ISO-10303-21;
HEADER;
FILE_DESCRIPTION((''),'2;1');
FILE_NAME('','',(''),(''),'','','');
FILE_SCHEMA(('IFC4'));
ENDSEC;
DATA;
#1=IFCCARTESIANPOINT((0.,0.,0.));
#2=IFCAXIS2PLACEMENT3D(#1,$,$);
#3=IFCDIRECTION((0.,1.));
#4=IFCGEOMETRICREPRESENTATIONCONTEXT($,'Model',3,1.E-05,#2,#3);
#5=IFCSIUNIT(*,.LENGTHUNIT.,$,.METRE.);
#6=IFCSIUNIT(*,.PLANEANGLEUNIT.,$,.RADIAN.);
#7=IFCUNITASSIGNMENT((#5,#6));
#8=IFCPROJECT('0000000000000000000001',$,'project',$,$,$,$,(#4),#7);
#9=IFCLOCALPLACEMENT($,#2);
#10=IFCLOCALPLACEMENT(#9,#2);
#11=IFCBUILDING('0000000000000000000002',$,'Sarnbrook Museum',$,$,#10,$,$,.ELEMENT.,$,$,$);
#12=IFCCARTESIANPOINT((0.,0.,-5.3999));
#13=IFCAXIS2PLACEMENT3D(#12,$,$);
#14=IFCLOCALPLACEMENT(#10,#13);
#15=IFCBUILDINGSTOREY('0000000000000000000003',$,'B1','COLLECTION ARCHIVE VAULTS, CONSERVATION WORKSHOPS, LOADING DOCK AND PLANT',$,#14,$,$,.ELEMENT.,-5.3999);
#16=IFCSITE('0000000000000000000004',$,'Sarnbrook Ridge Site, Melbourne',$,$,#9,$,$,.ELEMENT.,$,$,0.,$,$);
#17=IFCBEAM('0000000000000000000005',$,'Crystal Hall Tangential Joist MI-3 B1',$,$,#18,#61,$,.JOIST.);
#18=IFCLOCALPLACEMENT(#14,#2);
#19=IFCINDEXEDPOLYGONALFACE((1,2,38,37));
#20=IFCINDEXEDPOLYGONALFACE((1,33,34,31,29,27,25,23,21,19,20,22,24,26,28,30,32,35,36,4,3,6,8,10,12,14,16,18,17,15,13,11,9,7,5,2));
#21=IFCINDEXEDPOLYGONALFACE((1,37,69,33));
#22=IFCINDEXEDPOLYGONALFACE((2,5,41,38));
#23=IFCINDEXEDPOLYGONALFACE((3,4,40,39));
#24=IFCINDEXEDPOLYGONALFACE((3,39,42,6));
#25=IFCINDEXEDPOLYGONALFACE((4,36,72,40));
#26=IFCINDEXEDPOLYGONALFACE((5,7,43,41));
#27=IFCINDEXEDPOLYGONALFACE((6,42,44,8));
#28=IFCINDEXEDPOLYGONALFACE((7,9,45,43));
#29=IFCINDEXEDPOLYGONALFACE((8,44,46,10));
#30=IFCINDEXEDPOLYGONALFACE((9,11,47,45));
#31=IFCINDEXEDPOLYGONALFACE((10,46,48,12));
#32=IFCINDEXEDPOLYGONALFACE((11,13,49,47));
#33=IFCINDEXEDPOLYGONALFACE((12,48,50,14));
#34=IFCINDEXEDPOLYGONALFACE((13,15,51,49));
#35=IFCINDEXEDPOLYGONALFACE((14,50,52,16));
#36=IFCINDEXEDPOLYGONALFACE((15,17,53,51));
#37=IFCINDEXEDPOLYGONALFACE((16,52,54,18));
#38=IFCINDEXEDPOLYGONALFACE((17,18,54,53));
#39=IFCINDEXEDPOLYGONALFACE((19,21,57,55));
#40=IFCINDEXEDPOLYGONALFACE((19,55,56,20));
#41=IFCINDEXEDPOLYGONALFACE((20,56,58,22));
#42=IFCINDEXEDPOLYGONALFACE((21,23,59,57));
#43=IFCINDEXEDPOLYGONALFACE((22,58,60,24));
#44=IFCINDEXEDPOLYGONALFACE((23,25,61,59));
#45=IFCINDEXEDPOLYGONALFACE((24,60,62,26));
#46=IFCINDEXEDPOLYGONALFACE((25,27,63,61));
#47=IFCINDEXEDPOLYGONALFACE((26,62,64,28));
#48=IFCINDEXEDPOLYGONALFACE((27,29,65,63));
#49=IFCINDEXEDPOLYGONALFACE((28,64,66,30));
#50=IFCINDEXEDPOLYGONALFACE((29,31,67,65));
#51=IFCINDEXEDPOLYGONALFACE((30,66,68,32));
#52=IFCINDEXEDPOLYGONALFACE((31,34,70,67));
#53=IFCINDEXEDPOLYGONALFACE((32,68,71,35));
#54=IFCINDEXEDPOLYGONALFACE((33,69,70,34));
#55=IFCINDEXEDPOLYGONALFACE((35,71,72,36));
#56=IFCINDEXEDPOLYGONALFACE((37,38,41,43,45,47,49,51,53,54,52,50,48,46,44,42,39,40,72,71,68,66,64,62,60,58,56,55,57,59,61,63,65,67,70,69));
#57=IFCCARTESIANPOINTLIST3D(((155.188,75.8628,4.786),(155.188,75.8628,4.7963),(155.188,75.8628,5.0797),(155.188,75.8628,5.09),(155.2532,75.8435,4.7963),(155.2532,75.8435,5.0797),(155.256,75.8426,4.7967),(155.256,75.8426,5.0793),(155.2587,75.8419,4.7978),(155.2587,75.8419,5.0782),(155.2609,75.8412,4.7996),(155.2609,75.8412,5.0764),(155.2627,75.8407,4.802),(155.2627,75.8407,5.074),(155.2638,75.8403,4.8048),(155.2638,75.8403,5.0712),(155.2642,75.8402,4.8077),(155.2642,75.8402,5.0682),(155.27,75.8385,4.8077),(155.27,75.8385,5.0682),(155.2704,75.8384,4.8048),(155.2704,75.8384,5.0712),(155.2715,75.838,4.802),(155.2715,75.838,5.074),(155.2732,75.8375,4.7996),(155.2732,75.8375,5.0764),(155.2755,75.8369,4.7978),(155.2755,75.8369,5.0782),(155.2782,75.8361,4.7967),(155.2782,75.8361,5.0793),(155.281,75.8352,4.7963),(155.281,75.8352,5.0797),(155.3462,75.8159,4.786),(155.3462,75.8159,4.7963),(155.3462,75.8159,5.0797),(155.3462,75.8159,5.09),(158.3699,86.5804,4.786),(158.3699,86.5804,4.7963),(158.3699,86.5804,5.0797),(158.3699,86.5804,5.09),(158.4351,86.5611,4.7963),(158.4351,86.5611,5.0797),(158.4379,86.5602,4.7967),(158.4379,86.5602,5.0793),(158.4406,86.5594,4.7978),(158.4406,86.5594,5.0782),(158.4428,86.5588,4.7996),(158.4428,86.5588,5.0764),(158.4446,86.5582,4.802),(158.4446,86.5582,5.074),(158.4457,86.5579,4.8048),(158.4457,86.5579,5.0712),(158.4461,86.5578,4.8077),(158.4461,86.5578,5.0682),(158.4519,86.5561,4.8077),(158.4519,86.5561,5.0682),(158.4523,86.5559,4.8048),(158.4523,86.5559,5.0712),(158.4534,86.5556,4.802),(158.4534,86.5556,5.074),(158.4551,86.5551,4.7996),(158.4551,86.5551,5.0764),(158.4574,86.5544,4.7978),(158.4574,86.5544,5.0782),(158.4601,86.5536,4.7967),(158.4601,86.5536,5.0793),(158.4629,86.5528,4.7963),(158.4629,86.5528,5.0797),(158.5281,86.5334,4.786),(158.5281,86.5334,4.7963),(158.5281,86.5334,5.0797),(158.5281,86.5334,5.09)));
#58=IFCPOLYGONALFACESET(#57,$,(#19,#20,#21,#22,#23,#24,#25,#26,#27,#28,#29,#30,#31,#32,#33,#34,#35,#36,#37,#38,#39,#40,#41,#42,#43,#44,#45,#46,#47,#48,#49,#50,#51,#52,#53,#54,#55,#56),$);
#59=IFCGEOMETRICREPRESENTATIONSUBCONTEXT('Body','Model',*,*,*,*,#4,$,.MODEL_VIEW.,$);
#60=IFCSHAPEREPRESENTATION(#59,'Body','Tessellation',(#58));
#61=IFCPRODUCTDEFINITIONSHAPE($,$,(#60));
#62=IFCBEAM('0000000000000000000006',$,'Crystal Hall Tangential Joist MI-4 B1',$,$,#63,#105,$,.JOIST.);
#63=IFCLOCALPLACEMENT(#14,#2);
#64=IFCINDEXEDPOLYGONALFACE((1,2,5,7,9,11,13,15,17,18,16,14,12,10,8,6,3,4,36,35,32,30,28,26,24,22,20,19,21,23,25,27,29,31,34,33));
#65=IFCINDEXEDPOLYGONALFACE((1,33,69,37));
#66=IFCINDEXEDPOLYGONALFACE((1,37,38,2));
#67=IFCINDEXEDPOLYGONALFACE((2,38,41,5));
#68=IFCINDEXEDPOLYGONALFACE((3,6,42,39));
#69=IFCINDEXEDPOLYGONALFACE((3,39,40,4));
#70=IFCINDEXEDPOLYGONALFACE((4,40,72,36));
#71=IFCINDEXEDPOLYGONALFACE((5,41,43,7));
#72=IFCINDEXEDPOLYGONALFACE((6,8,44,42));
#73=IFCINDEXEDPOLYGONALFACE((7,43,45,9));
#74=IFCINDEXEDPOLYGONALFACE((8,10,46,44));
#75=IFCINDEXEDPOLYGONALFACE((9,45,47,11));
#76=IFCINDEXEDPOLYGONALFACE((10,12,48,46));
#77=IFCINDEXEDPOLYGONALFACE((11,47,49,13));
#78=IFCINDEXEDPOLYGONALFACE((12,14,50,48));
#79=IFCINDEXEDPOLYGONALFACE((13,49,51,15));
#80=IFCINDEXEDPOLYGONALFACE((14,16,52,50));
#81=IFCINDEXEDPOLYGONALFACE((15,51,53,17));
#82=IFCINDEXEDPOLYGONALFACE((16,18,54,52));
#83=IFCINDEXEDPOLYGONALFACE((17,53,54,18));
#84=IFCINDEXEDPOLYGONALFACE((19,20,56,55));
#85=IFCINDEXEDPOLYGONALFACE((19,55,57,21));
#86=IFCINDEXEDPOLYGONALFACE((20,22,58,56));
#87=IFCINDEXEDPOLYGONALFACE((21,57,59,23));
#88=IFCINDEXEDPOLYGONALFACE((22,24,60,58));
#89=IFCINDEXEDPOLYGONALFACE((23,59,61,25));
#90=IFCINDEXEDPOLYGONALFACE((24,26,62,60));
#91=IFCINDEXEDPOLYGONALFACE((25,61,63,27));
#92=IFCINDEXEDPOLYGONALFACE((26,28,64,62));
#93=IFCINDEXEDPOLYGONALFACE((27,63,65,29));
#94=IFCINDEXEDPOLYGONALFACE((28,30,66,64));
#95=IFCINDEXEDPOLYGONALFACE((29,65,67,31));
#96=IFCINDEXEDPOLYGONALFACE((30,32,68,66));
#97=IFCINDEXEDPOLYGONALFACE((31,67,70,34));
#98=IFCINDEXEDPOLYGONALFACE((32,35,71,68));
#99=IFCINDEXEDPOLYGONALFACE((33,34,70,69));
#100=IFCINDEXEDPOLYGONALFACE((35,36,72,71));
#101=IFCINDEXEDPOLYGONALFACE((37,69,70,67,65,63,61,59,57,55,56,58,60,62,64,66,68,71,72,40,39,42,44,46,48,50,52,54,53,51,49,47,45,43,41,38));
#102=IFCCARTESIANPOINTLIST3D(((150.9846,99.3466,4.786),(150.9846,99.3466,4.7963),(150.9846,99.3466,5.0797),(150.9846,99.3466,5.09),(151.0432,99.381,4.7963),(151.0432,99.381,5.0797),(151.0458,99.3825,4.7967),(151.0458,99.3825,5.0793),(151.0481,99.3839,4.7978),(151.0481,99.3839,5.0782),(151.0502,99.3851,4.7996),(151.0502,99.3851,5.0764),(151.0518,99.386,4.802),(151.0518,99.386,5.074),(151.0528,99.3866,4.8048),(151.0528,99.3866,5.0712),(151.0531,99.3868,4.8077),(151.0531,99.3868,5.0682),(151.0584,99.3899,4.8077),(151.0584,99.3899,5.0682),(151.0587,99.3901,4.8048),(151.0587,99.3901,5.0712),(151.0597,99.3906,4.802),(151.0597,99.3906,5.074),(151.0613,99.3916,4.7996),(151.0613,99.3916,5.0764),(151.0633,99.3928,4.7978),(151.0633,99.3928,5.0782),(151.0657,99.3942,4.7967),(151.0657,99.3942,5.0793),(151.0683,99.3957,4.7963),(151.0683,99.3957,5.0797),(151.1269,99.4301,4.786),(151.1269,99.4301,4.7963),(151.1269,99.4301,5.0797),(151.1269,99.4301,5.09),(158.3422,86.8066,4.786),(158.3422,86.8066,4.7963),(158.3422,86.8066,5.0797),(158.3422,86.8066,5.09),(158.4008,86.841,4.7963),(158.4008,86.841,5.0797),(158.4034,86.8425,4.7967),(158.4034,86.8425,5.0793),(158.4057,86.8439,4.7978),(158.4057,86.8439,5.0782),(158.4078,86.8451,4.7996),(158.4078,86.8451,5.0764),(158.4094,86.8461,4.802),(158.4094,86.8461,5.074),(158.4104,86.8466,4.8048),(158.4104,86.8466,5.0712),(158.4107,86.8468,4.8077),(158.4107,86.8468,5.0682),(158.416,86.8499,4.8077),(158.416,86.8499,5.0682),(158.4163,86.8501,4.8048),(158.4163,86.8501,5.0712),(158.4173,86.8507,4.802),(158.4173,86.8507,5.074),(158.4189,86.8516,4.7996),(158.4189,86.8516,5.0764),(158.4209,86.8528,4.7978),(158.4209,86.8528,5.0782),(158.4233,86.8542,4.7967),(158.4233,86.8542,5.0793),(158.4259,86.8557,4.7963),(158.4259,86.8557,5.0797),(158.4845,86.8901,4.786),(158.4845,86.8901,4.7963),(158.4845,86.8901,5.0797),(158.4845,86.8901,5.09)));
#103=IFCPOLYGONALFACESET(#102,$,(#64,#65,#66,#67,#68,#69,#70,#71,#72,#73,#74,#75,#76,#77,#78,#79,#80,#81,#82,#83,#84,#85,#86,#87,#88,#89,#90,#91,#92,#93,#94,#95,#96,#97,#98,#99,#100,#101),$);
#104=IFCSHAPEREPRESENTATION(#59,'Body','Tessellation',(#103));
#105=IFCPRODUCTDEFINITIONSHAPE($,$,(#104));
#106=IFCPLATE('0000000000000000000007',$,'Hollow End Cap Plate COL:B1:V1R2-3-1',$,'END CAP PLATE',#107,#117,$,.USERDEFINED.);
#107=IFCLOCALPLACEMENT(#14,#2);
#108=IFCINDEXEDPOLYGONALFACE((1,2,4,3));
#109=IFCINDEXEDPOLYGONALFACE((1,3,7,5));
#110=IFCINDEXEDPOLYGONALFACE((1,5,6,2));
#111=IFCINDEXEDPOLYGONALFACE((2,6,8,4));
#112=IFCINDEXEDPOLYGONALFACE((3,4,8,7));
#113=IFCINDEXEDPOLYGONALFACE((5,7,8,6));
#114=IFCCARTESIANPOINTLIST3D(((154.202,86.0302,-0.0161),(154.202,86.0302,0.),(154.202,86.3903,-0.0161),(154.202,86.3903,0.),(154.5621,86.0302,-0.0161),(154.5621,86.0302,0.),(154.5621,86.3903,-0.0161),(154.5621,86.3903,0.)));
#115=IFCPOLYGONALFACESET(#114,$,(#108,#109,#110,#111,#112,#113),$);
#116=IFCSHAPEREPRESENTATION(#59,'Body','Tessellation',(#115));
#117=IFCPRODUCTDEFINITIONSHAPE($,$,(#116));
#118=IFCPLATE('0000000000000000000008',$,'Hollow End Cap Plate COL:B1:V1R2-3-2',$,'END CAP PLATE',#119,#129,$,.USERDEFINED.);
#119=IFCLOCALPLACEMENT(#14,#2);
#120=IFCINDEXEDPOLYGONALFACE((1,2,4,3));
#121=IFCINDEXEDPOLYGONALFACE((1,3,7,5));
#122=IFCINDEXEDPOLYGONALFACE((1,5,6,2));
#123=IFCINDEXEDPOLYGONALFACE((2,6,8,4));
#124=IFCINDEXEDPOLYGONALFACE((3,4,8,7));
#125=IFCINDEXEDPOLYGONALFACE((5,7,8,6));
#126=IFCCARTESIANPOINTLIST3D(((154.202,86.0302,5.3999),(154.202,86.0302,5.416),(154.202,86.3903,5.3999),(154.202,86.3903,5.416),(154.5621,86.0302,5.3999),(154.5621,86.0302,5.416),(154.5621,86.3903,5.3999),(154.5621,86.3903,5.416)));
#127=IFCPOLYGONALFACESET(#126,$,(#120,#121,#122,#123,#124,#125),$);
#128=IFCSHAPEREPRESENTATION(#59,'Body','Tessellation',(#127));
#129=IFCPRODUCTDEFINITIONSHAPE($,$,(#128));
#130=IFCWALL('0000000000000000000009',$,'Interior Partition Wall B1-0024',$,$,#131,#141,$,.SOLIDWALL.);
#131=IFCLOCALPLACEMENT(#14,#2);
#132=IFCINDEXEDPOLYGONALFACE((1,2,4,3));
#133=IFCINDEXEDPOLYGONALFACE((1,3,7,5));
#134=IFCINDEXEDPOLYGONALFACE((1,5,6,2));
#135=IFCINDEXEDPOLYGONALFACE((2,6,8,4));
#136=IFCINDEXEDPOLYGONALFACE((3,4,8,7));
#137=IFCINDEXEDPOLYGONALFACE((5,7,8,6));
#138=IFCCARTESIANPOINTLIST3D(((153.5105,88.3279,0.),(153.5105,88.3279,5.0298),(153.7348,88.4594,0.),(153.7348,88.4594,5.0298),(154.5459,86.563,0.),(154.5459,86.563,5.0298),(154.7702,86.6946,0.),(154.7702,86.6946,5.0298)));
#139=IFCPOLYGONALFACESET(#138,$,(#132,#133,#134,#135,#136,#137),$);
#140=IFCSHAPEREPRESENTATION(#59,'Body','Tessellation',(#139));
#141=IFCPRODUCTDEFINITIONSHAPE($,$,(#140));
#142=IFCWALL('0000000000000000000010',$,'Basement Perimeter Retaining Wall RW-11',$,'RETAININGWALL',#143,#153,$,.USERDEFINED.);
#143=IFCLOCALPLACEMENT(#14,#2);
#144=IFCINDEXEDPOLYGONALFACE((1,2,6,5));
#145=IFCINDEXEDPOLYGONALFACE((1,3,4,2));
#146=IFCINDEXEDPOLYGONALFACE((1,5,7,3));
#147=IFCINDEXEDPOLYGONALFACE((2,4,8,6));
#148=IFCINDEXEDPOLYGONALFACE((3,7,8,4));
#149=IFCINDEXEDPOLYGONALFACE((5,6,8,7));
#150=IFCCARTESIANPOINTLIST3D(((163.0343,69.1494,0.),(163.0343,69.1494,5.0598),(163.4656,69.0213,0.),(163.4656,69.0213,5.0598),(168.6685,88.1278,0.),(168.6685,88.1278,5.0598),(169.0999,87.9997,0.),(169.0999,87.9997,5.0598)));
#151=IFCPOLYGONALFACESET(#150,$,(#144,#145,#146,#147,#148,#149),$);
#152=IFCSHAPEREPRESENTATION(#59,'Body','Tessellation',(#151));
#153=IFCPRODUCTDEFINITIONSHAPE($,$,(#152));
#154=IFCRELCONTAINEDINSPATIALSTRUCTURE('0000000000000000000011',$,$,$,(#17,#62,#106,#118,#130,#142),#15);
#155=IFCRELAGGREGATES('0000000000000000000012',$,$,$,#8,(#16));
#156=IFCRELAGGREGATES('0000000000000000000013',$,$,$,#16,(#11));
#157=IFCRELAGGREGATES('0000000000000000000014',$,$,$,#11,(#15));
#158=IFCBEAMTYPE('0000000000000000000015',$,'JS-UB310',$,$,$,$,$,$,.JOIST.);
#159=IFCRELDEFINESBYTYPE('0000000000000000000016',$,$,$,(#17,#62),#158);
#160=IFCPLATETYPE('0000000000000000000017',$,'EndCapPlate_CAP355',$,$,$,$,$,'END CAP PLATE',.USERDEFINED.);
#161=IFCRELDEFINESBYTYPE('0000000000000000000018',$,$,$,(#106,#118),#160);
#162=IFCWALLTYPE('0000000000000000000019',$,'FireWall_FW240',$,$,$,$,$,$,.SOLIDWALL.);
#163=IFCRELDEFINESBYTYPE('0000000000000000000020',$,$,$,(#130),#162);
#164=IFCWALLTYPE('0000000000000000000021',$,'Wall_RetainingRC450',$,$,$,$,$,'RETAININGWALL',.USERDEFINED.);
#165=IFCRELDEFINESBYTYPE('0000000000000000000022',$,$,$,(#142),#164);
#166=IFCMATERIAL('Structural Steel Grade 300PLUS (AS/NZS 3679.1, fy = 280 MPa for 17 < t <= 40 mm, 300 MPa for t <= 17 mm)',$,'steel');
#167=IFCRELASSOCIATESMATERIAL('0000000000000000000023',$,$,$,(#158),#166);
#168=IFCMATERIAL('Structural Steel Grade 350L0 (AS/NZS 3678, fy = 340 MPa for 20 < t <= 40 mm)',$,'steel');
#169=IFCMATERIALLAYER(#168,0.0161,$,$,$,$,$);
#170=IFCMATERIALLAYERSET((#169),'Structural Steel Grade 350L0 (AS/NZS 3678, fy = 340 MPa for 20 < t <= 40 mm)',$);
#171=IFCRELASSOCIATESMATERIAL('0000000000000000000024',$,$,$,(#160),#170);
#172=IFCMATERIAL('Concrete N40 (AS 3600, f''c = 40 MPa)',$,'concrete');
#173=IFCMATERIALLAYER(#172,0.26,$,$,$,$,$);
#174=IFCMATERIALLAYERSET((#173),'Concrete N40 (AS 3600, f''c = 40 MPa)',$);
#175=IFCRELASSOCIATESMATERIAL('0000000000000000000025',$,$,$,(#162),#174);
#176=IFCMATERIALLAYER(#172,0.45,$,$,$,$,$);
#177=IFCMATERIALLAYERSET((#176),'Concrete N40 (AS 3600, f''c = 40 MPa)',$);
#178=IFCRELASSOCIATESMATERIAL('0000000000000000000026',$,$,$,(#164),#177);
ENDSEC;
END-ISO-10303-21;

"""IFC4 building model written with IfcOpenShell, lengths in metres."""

from ifc_helpers import new_model, si_unit, direction, frame, frame_2d, origin, origin_2d, place, context, subcontext, project, spatial, rectangle, i_section, extrude, material, layer, layer_set, material_profile, profile_set, type_object, element, save


model = new_model("IFC4")

# Units and contexts
model_context = context("Model", 3, precision=1e-05, world=origin(), true_north=direction((0.0, 1.0)))
body_context = subcontext(model_context, "Body", "Model", "MODEL_VIEW")
ifc_project = project(units=[si_unit("LENGTHUNIT", "METRE"), si_unit("PLANEANGLEUNIT", "RADIAN")], contexts=[model_context])

# Site, building, storey
site_placement = place(None, origin())
site = spatial("IfcSite", under=ifc_project, at=site_placement, Name="Sarnbrook Ridge Site, Melbourne", CompositionType="ELEMENT", RefElevation=0.0)
building_placement = place(site_placement, origin())
building = spatial("IfcBuilding", under=site, at=building_placement, Name="Sarnbrook Museum", CompositionType="ELEMENT")
storey_placement = place(building_placement, frame((0.0, 0.0, -5.3999)))
storey = spatial("IfcBuildingStorey", under=building, at=storey_placement, Name="B1", Description="COLLECTION ARCHIVE VAULTS, CONSERVATION WORKSHOPS, LOADING DOCK AND PLANT", CompositionType="ELEMENT", Elevation=-5.3999)

# Shared definitions
ifc_material_1 = material(Name="Concrete N40 (AS 3600, f'c = 40 MPa)", Category="concrete")

# Shared definitions
ifc_material_2 = material(Name="Structural Steel Grade 350L0 (AS/NZS 3678, fy = 340 MPa for 20 < t <= 40 mm)", Category="steel")

# Beams
ifc_material_3 = material(Name="Structural Steel Grade 300PLUS (AS/NZS 3679.1, fy = 280 MPa for 17 < t <= 40 mm, 300 MPa for t <= 17 mm)", Category="steel")
ifc_material_profile_1 = material_profile(ifc_material_3, i_section(OverallWidth=0.165, OverallDepth=0.304, WebThickness=0.0061, FlangeThickness=0.0103, FilletRadius=0.0115, at=origin_2d()), Name="310UB40.4")
ifc_profile_set_1 = profile_set([ifc_material_profile_1], Name="Structural Steel Grade 300PLUS (AS/NZS 3679.1, fy = 280 MPa for 17 < t <= 40 mm, 300 MPa for t <= 17 mm)")
beam_type_1 = type_object("IfcBeamType", Name="JS-UB310", PredefinedType="JOIST", material=ifc_profile_set_1)
beam_1_placement = place(storey_placement, frame((155.2671, 75.8394, 4.938), z_axis=(0.284608, 0.958644, 0.0), x_axis=(-0.958644, 0.284608, 0.0)))
element("IfcBeam", 1, at=beam_1_placement, inside=storey, type_object=beam_type_1, Name="Crystal Hall Tangential Joist MI-3 B1", PredefinedType="JOIST", context=body_context, shape_type="SweptSolid", body=[
    extrude(i_section(OverallWidth=0.165, OverallDepth=0.304, WebThickness=0.0061, FlangeThickness=0.0103, FilletRadius=0.0115, at=origin_2d()), origin(), (0.0, 0.0, 1.0), 11.1799),
])
beam_2_placement = place(storey_placement, frame((158.4133, 86.8484, 4.938), z_axis=(-0.506058, 0.8625, 0.0), x_axis=(-0.8625, -0.506058, 0.0)))
element("IfcBeam", 2, at=beam_2_placement, inside=storey, type_object=beam_type_1, Name="Crystal Hall Tangential Joist MI-4 B1", PredefinedType="JOIST", context=body_context, shape_type="SweptSolid", body=[
    extrude(i_section(OverallWidth=0.165, OverallDepth=0.304, WebThickness=0.0061, FlangeThickness=0.0103, FilletRadius=0.0115, at=origin_2d()), origin(), (0.0, 0.0, 1.0), 14.5391),
])

# Plates
ifc_layer_1 = layer(ifc_material_2, 0.0161)
ifc_layer_set_1 = layer_set([ifc_layer_1], Name="Structural Steel Grade 350L0 (AS/NZS 3678, fy = 340 MPa for 20 < t <= 40 mm)")
plate_type = type_object("IfcPlateType", Name="EndCapPlate_CAP355", ElementType="END CAP PLATE", PredefinedType="USERDEFINED", material=ifc_layer_set_1)
for number, where, z_axis, x_axis, name in (
    (3, (154.3821, 86.2102, -0.0161), (0.0, 0.0, 1.0), (1.0, 0.0, 0.0), "Hollow End Cap Plate COL:B1:V1R2-3-1"),
    (4, (154.3821, 86.2102, 5.3999), (0.0, 0.0, 1.0), (1.0, 0.0, 0.0), "Hollow End Cap Plate COL:B1:V1R2-3-2"),
):
    element("IfcPlate", number, at=place(storey_placement, frame(where, z_axis=z_axis, x_axis=x_axis)), inside=storey, type_object=plate_type, Name=name, ObjectType="END CAP PLATE", PredefinedType="USERDEFINED", context=body_context, shape_type="SweptSolid", body=[
        extrude(rectangle(XDim=0.3601, YDim=0.3601, at=origin_2d()), origin(), (0.0, 0.0, 1.0), 0.0161),
    ])

# Shared definitions
ifc_layer_2 = layer(ifc_material_1, 0.26)
ifc_layer_set_2 = layer_set([ifc_layer_2], Name="Concrete N40 (AS 3600, f'c = 40 MPa)")
wall_type_1 = type_object("IfcWallType", Name="FireWall_FW240", PredefinedType="SOLIDWALL", material=ifc_layer_set_2)

# Walls
wall_1_placement = place(storey_placement, frame((154.658, 86.6289, 0.0), z_axis=(0.0, 0.0, 1.0), x_axis=(-0.506013, 0.862526, 0.0)))
element("IfcWall", 5, at=wall_1_placement, inside=storey, type_object=wall_type_1, Name="Interior Partition Wall B1-0024", PredefinedType="SOLIDWALL", context=body_context, shape_type="SweptSolid", body=[
    extrude(rectangle(XDim=2.0461, YDim=0.26, at=frame_2d((1.0229, 0.0))), origin(), (0.0, 0.0, 1.0), 5.0298),
])
ifc_layer_3 = layer(ifc_material_1, 0.45)
ifc_layer_set_3 = layer_set([ifc_layer_3], Name="Concrete N40 (AS 3600, f'c = 40 MPa)")
wall_type_2 = type_object("IfcWallType", Name="Wall_RetainingRC450", ElementType="RETAININGWALL", PredefinedType="USERDEFINED", material=ifc_layer_set_3)
wall_2_placement = place(storey_placement, frame((163.25, 69.0854, 0.0), z_axis=(0.0, 0.0, 1.0), x_axis=(0.2846, 0.958646, 0.0)))
element("IfcWall", 6, at=wall_2_placement, inside=storey, type_object=wall_type_2, Name="Basement Perimeter Retaining Wall RW-11", ObjectType="RETAININGWALL", PredefinedType="USERDEFINED", context=body_context, shape_type="SweptSolid", body=[
    extrude(rectangle(XDim=19.7971, YDim=0.45, at=frame_2d((9.8984, 0.0))), origin(), (0.0, 0.0, 1.0), 5.0598),
])

save(model, "model.ifc")
